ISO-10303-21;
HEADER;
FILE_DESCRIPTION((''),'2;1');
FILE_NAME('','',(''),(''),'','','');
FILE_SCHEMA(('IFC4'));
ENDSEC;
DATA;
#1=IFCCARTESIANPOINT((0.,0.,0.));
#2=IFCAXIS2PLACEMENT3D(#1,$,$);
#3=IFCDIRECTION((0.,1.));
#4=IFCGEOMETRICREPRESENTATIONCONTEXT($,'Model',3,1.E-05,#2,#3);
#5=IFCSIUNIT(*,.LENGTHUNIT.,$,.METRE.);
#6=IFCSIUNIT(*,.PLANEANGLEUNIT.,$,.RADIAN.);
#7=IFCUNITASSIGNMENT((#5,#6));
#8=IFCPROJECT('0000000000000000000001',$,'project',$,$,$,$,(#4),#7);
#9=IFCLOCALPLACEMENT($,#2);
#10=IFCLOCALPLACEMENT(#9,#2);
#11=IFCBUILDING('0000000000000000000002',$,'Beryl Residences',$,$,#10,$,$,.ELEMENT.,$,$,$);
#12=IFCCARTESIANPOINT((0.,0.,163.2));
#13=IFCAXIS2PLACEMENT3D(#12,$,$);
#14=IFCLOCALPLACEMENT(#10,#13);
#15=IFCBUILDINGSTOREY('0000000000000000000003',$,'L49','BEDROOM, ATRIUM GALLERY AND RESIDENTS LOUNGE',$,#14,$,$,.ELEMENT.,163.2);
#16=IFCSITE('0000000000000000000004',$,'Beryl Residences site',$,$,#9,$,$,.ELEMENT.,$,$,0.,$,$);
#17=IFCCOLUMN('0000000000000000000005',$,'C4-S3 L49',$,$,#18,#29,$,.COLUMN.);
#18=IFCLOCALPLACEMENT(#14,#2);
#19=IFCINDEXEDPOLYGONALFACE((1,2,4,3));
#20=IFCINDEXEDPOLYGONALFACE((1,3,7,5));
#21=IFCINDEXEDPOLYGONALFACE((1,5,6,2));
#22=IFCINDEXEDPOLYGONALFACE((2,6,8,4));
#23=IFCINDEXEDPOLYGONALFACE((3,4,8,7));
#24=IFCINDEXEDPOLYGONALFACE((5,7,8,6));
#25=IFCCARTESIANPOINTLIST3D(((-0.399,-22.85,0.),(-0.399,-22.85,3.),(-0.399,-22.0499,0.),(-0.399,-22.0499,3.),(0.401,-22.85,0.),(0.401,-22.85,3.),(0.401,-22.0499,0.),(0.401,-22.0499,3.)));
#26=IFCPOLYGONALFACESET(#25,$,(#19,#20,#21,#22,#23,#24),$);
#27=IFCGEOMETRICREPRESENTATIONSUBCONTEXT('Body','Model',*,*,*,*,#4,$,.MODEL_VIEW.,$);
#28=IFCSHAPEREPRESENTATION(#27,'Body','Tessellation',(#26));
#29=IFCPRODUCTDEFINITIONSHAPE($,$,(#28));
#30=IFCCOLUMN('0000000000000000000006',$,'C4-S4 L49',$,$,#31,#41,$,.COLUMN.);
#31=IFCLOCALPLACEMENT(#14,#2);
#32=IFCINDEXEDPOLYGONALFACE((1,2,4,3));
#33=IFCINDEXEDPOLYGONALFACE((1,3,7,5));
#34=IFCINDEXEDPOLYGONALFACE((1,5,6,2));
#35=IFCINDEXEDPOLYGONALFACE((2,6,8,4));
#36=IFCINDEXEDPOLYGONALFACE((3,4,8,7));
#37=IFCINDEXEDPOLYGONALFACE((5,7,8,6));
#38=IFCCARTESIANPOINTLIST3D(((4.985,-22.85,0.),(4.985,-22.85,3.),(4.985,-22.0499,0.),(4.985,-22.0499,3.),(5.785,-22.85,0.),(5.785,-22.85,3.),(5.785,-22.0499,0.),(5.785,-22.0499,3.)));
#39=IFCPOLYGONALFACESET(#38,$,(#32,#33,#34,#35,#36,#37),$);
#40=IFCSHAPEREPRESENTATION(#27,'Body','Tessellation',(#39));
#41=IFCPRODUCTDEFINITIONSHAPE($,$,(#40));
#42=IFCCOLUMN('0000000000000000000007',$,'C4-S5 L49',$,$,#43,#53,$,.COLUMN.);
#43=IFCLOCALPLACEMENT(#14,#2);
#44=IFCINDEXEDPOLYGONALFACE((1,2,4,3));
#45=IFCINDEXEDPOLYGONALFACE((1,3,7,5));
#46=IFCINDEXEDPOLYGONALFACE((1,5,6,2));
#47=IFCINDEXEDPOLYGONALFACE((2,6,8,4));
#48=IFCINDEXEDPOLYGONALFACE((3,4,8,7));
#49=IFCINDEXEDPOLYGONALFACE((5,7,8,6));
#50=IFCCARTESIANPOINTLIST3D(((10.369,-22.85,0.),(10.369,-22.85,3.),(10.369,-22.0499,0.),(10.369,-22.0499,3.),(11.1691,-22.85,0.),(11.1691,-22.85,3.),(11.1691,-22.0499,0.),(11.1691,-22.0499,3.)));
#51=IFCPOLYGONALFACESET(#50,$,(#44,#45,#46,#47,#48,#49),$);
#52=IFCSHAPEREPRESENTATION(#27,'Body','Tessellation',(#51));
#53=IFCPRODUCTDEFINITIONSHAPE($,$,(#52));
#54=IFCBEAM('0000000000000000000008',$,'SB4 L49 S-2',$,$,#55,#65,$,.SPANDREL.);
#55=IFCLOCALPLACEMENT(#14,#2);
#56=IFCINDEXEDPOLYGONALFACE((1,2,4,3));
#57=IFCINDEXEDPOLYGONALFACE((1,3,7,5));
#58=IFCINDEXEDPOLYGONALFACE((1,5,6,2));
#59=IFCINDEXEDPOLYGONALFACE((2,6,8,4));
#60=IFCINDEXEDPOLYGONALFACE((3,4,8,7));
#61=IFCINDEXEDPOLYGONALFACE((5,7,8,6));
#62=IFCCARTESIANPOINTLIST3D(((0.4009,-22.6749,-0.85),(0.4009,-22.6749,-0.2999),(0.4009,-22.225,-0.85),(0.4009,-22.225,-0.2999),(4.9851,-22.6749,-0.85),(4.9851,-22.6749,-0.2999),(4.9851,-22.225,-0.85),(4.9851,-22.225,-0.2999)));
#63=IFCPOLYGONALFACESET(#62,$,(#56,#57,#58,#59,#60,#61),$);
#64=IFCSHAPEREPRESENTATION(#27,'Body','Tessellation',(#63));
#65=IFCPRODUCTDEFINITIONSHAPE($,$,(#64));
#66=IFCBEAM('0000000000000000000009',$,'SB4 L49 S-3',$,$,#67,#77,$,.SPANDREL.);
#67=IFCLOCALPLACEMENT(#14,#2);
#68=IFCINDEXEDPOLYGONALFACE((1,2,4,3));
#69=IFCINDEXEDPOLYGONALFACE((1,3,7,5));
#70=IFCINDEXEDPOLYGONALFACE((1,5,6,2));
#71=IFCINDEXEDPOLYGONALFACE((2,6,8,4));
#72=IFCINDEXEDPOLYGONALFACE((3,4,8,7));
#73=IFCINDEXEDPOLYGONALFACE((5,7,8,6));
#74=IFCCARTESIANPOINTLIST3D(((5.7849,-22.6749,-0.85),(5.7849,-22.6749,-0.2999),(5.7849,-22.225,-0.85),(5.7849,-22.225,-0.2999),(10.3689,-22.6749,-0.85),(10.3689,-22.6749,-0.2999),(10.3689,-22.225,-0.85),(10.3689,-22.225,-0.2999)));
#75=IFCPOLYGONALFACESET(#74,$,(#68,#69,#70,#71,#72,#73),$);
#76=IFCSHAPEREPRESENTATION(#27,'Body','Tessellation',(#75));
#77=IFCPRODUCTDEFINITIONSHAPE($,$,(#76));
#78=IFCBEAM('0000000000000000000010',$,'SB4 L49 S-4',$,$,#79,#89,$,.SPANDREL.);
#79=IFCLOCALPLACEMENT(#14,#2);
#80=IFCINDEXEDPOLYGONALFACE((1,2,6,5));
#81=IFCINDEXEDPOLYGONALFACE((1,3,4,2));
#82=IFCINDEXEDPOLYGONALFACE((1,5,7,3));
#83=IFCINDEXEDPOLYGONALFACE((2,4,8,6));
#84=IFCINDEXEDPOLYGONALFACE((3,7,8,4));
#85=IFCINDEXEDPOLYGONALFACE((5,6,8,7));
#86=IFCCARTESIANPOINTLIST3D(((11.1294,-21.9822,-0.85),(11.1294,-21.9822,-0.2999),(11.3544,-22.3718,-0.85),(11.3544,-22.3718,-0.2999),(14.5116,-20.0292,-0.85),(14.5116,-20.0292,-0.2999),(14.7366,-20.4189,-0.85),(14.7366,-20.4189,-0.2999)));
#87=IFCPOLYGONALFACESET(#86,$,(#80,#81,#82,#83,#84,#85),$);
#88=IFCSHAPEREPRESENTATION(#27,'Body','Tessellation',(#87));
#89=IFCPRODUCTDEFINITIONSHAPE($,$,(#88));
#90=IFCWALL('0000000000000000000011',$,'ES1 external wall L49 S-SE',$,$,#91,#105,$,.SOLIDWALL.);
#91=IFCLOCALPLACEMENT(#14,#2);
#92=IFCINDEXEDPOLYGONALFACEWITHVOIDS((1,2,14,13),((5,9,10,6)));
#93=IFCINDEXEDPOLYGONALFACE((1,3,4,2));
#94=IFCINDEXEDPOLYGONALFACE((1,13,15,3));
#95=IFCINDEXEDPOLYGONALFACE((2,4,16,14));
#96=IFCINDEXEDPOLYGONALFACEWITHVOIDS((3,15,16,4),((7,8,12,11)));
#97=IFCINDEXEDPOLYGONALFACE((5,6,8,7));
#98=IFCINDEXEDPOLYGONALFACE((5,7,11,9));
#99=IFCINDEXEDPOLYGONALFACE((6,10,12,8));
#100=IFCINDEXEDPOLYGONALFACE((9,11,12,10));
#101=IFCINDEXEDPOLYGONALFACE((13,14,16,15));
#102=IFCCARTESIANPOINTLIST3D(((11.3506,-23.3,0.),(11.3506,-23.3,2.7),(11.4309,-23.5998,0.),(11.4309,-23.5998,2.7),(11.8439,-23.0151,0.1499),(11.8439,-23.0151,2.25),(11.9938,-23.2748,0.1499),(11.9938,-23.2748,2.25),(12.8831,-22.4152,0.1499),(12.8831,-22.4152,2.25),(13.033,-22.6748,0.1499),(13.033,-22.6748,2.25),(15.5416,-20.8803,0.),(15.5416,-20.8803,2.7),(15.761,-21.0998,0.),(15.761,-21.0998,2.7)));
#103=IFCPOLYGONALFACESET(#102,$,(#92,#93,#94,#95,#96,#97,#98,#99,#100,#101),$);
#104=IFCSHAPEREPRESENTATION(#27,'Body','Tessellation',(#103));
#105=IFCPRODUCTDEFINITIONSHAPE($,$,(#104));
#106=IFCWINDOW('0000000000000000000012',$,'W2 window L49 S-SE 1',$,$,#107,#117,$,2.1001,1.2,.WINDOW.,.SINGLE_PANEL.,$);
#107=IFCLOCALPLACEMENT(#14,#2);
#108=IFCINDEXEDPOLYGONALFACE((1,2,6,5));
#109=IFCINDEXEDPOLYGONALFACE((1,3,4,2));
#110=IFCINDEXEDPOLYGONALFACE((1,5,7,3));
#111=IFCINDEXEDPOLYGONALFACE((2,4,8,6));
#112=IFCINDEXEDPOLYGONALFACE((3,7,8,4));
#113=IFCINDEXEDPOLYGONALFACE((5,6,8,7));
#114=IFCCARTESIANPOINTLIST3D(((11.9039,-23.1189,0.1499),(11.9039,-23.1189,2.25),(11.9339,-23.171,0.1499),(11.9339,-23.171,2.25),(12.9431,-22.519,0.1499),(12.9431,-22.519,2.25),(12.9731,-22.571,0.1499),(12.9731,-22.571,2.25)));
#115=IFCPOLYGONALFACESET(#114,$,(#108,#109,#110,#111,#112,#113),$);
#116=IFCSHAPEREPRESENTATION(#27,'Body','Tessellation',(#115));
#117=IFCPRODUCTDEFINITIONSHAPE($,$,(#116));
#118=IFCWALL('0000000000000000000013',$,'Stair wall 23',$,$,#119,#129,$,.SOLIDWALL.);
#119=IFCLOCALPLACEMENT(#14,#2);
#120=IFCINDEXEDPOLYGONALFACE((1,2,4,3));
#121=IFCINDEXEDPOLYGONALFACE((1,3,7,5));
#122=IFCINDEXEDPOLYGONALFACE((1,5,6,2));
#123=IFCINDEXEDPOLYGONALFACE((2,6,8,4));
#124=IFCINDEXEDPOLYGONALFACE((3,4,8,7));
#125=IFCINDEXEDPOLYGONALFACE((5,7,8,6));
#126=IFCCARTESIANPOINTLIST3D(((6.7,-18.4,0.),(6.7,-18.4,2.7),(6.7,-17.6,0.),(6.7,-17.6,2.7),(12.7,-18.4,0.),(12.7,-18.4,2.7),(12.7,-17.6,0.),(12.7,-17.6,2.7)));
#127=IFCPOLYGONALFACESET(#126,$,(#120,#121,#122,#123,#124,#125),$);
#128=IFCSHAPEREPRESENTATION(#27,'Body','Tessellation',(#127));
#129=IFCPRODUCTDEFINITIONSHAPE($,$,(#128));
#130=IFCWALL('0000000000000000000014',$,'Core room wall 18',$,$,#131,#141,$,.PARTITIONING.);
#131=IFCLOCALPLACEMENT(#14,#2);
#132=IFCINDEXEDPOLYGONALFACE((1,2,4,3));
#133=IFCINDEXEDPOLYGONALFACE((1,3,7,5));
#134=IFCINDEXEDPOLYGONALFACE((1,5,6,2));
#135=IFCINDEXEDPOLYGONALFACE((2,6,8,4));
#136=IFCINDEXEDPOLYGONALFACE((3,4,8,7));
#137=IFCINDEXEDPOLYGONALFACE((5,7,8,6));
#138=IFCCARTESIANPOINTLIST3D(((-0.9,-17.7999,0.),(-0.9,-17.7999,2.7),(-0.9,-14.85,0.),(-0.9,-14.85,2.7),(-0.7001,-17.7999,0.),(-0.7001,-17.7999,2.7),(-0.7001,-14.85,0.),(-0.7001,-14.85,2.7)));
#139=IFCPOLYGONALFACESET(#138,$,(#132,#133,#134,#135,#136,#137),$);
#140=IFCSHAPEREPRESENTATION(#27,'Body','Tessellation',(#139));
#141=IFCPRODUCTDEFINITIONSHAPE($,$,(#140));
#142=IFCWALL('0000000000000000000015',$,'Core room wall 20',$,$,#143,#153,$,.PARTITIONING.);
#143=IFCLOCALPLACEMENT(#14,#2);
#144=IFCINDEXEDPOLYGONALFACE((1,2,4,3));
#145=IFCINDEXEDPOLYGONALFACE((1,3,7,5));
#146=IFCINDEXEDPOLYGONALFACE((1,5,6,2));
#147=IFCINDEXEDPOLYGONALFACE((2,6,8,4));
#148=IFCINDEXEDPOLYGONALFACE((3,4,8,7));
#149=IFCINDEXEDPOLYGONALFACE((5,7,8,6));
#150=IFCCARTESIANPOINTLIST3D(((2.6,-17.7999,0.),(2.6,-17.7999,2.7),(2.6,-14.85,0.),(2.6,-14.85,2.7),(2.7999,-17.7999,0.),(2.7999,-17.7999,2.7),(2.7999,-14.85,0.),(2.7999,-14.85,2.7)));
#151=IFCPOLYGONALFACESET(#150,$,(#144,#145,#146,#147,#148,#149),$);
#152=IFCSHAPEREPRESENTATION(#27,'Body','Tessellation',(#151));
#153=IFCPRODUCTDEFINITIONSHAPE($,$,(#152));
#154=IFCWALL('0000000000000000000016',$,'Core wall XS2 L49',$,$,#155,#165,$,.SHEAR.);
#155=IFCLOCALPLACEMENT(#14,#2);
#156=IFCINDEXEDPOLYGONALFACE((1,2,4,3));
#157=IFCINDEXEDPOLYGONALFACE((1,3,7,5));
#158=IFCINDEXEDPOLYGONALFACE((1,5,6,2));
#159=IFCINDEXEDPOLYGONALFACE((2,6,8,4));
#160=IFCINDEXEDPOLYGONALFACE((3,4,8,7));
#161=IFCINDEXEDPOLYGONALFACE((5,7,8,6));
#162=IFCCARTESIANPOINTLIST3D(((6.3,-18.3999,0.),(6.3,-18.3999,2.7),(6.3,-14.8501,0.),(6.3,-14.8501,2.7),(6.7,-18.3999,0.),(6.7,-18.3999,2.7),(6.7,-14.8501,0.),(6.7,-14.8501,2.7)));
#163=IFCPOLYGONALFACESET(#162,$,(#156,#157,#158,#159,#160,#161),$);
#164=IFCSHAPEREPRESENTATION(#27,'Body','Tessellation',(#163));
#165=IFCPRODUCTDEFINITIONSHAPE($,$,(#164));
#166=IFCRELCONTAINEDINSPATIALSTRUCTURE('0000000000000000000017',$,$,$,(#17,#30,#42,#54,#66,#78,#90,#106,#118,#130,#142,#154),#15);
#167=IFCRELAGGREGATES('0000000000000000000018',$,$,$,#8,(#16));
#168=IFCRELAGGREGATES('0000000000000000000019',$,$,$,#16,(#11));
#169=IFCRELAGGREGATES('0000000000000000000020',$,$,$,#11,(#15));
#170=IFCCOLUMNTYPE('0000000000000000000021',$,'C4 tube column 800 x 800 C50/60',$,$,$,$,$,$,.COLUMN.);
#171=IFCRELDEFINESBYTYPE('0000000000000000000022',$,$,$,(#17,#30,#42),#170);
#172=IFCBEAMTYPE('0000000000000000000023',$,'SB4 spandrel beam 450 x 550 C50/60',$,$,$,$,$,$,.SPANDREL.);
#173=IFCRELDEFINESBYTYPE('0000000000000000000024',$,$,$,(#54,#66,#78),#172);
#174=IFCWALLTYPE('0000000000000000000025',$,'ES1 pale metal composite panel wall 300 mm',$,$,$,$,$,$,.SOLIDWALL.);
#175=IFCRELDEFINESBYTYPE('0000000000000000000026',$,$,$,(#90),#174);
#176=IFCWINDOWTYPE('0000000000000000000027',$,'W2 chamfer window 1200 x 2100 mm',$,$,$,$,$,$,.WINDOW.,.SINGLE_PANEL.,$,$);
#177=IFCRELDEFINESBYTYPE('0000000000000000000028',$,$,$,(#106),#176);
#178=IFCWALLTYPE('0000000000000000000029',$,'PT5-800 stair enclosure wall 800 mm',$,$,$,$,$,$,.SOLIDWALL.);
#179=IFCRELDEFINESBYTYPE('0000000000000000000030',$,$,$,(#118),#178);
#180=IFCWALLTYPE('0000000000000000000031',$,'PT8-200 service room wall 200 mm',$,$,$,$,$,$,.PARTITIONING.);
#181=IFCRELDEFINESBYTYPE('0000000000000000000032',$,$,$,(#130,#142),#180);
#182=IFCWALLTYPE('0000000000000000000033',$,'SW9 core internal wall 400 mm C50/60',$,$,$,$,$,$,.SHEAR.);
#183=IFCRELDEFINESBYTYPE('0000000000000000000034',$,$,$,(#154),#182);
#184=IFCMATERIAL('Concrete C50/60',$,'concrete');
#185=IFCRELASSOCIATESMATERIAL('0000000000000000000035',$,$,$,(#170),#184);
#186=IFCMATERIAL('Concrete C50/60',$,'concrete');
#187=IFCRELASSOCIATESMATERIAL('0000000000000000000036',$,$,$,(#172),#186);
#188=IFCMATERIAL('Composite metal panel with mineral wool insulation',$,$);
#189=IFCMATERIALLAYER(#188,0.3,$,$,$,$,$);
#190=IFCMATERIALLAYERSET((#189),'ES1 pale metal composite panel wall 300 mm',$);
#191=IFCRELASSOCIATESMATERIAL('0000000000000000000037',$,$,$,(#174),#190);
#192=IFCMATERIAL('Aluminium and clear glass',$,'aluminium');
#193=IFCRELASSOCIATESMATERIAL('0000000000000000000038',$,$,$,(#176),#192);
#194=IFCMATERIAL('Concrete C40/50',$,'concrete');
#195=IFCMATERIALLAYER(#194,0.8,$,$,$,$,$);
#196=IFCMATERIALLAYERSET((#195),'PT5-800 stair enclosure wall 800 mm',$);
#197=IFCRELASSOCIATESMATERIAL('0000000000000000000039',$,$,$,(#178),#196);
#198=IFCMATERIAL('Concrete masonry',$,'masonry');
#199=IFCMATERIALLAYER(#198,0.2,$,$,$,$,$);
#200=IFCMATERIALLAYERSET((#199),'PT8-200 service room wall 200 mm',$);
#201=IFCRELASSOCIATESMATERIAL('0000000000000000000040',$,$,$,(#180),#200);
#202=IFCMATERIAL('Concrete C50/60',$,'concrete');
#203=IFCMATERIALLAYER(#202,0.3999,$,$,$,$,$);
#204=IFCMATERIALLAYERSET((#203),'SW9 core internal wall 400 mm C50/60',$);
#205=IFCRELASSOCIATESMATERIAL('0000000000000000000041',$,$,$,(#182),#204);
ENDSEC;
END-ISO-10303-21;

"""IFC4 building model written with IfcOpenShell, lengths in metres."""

from ifc_helpers import new_model, si_unit, direction, frame, frame_2d, origin, origin_2d, place, context, subcontext, project, spatial, polyline, rectangle, outline, extrude, material, layer, layer_set, material_profile, profile_set, type_object, element, fill, save


model = new_model("IFC4")

# Units and contexts
model_context = context("Model", 3, precision=1e-05, world=origin(), true_north=direction((0.0, 1.0)))
body_context = subcontext(model_context, "Body", "Model", "MODEL_VIEW")
ifc_project = project(units=[si_unit("LENGTHUNIT", "METRE"), si_unit("PLANEANGLEUNIT", "RADIAN")], contexts=[model_context])

# Site, building, storey
site_placement = place(None, origin())
site = spatial("IfcSite", under=ifc_project, at=site_placement, Name="Beryl Residences site", CompositionType="ELEMENT", RefElevation=0.0)
building_placement = place(site_placement, origin())
building = spatial("IfcBuilding", under=site, at=building_placement, Name="Beryl Residences", CompositionType="ELEMENT")
storey_placement = place(building_placement, frame((0.0, 0.0, 163.2)))
storey = spatial("IfcBuildingStorey", under=building, at=storey_placement, Name="L49", Description="BEDROOM, ATRIUM GALLERY AND RESIDENTS LOUNGE", CompositionType="ELEMENT", Elevation=163.2)

# Columns
ifc_material_1 = material(Name="Concrete C50/60", Category="concrete")
ifc_material_profile_1 = material_profile(ifc_material_1, rectangle(XDim=0.8, YDim=0.8, at=origin_2d()))
ifc_profile_set_1 = profile_set([ifc_material_profile_1], Name="Concrete C50/60")
column_type = type_object("IfcColumnType", Name="C4 tube column 800 x 800 C50/60", PredefinedType="COLUMN", material=ifc_profile_set_1)
for number, where, z_axis, x_axis, name in (
    (1, (0.001, -22.45, 0.0), (0.0, 0.0, 1.0), (1.0, 0.0, 0.0), "C4-S3 L49"),
    (2, (5.385, -22.45, 0.0), (0.0, 0.0, 1.0), (1.0, 0.0, 0.0), "C4-S4 L49"),
    (3, (10.769, -22.45, 0.0), (0.0, 0.0, 1.0), (1.0, 0.0, 0.0), "C4-S5 L49"),
):
    element("IfcColumn", number, at=place(storey_placement, frame(where, z_axis=z_axis, x_axis=x_axis)), inside=storey, type_object=column_type, Name=name, PredefinedType="COLUMN", context=body_context, shape_type="SweptSolid", body=[
        extrude(rectangle(XDim=0.8, YDim=0.8, at=origin_2d()), origin(), (0.0, 0.0, 1.0), 3.0),
    ])

# Beams
ifc_material_2 = material(Name="Concrete C50/60", Category="concrete")
ifc_material_profile_2 = material_profile(ifc_material_2, rectangle(XDim=0.45, YDim=0.55, at=origin_2d()))
ifc_profile_set_2 = profile_set([ifc_material_profile_2], Name="Concrete C50/60")
beam_type = type_object("IfcBeamType", Name="SB4 spandrel beam 450 x 550 C50/60", PredefinedType="SPANDREL", material=ifc_profile_set_2)
beam_1_placement = place(storey_placement, frame((0.4009, -22.45, -0.575), z_axis=(1.0, 0.0, 0.0), x_axis=(0.0, 1.0, 0.0)))
element("IfcBeam", 4, at=beam_1_placement, inside=storey, type_object=beam_type, Name="SB4 L49 S-2", PredefinedType="SPANDREL", context=body_context, shape_type="SweptSolid", body=[
    extrude(rectangle(XDim=0.45, YDim=0.55, at=origin_2d()), origin(), (0.0, 0.0, 1.0), 4.5842),
])
beam_2_placement = place(storey_placement, frame((5.7849, -22.45, -0.575), z_axis=(1.0, 0.0, 0.0), x_axis=(0.0, 1.0, 0.0)))
element("IfcBeam", 5, at=beam_2_placement, inside=storey, type_object=beam_type, Name="SB4 L49 S-3", PredefinedType="SPANDREL", context=body_context, shape_type="SweptSolid", body=[
    extrude(rectangle(XDim=0.45, YDim=0.55, at=origin_2d()), origin(), (0.0, 0.0, 1.0), 4.584),
])
beam_3_placement = place(storey_placement, frame((11.2419, -22.177, -0.575), z_axis=(0.865999, 0.500045, 0.0), x_axis=(-0.500045, 0.865999, 0.0)))
element("IfcBeam", 6, at=beam_3_placement, inside=storey, type_object=beam_type, Name="SB4 L49 S-4", PredefinedType="SPANDREL", context=body_context, shape_type="SweptSolid", body=[
    extrude(rectangle(XDim=0.45, YDim=0.55, at=origin_2d()), origin(), (0.0, 0.0, 1.0), 3.9055),
])

# Wall, opening, window
ifc_material_3 = material(Name="Composite metal panel with mineral wool insulation")
ifc_layer_1 = layer(ifc_material_3, 0.3)
ifc_layer_set_1 = layer_set([ifc_layer_1], Name="ES1 pale metal composite panel wall 300 mm")
wall_type_1 = type_object("IfcWallType", Name="ES1 pale metal composite panel wall 300 mm", PredefinedType="SOLIDWALL", material=ifc_layer_set_1)
wall_1_placement = place(storey_placement, frame((11.356, -23.47, 0.0), z_axis=(0.0, 0.0, 1.0), x_axis=(0.866023, 0.500004, 0.0)))
wall_1 = element("IfcWall", 7, at=wall_1_placement, inside=storey, type_object=wall_type_1, Name="ES1 external wall L49 S-SE", PredefinedType="SOLIDWALL", context=body_context, shape_type="SweptSolid", body=[
    extrude(outline(polyline([(0.0, -0.1499), (5.0, -0.1499), (4.9197, 0.1499), (0.0803, 0.1499), (0.0, -0.1499)])), origin(), (0.0, 0.0, 1.0), 2.7),
])
opening_placement = place(wall_1_placement, frame((0.6499, 0.0, 0.1499)))
opening = element("IfcOpeningElement", 8, at=opening_placement, cuts=wall_1, PredefinedType="OPENING", context=body_context, shape_type="SweptSolid", body=[
    extrude(rectangle(XDim=1.2, YDim=2.1001, at=frame_2d((0.6001, 1.05))), frame((0.0, 0.1599, 0.0), z_axis=(0.0, -1.0, 0.0), x_axis=(1.0, 0.0, 0.0)), (0.0, 0.0, 1.0), 0.3201),
])
ifc_material_4 = material(Name="Aluminium and clear glass", Category="aluminium")
window_type = type_object("IfcWindowType", Name="W2 chamfer window 1200 x 2100 mm", PartitioningType="SINGLE_PANEL", PredefinedType="WINDOW", material=ifc_material_4)
window_placement = place(opening_placement, origin())
window = element("IfcWindow", 9, at=window_placement, inside=storey, type_object=window_type, Name="W2 window L49 S-SE 1", OverallHeight=2.1001, OverallWidth=1.2, PartitioningType="SINGLE_PANEL", PredefinedType="WINDOW", context=body_context, shape_type="SweptSolid", body=[
    extrude(rectangle(XDim=1.2, YDim=2.1001, at=frame_2d((0.6001, 1.05))), frame((0.0, 0.03, 0.0), z_axis=(0.0, -1.0, 0.0), x_axis=(1.0, 0.0, 0.0)), (0.0, 0.0, 1.0), 0.0601),
])
fill(opening, window)

# Walls
ifc_material_5 = material(Name="Concrete C40/50", Category="concrete")
ifc_layer_2 = layer(ifc_material_5, 0.8)
ifc_layer_set_2 = layer_set([ifc_layer_2], Name="PT5-800 stair enclosure wall 800 mm")
wall_type_2 = type_object("IfcWallType", Name="PT5-800 stair enclosure wall 800 mm", PredefinedType="SOLIDWALL", material=ifc_layer_set_2)
wall_2_placement = place(storey_placement, frame((6.7, -18.0, 0.0), z_axis=(0.0, 0.0, 1.0), x_axis=(1.0, 0.0, 0.0)))
element("IfcWall", 10, at=wall_2_placement, inside=storey, type_object=wall_type_2, Name="Stair wall 23", PredefinedType="SOLIDWALL", context=body_context, shape_type="SweptSolid", body=[
    extrude(rectangle(XDim=6.0, YDim=0.8, at=frame_2d((3.0, 0.0))), origin(), (0.0, 0.0, 1.0), 2.7),
])
ifc_material_6 = material(Name="Concrete masonry", Category="masonry")
ifc_layer_3 = layer(ifc_material_6, 0.2)
ifc_layer_set_3 = layer_set([ifc_layer_3], Name="PT8-200 service room wall 200 mm")
wall_type_3 = type_object("IfcWallType", Name="PT8-200 service room wall 200 mm", PredefinedType="PARTITIONING", material=ifc_layer_set_3)
for number, where, z_axis, x_axis, name in (
    (11, (-0.8, -17.8, 0.0), (0.0, 0.0, 1.0), (0.0, 1.0, 0.0), "Core room wall 18"),
    (12, (2.7, -17.8, 0.0), (0.0, 0.0, 1.0), (0.0, 1.0, 0.0), "Core room wall 20"),
):
    element("IfcWall", number, at=place(storey_placement, frame(where, z_axis=z_axis, x_axis=x_axis)), inside=storey, type_object=wall_type_3, Name=name, PredefinedType="PARTITIONING", context=body_context, shape_type="SweptSolid", body=[
        extrude(rectangle(XDim=2.95, YDim=0.2, at=frame_2d((1.4751, 0.0))), origin(), (0.0, 0.0, 1.0), 2.7),
    ])
ifc_material_7 = material(Name="Concrete C50/60", Category="concrete")
ifc_layer_4 = layer(ifc_material_7, 0.3999)
ifc_layer_set_4 = layer_set([ifc_layer_4], Name="SW9 core internal wall 400 mm C50/60")
wall_type_4 = type_object("IfcWallType", Name="SW9 core internal wall 400 mm C50/60", PredefinedType="SHEAR", material=ifc_layer_set_4)
wall_3_placement = place(storey_placement, frame((6.5, -18.3999, 0.0), z_axis=(0.0, 0.0, 1.0), x_axis=(0.0, 1.0, 0.0)))
element("IfcWall", 13, at=wall_3_placement, inside=storey, type_object=wall_type_4, Name="Core wall XS2 L49", PredefinedType="SHEAR", context=body_context, shape_type="SweptSolid", body=[
    extrude(rectangle(XDim=3.5498, YDim=0.3999, at=frame_2d((1.7749, 0.0))), origin(), (0.0, 0.0, 1.0), 2.7),
])

save(model, "model.ifc")
